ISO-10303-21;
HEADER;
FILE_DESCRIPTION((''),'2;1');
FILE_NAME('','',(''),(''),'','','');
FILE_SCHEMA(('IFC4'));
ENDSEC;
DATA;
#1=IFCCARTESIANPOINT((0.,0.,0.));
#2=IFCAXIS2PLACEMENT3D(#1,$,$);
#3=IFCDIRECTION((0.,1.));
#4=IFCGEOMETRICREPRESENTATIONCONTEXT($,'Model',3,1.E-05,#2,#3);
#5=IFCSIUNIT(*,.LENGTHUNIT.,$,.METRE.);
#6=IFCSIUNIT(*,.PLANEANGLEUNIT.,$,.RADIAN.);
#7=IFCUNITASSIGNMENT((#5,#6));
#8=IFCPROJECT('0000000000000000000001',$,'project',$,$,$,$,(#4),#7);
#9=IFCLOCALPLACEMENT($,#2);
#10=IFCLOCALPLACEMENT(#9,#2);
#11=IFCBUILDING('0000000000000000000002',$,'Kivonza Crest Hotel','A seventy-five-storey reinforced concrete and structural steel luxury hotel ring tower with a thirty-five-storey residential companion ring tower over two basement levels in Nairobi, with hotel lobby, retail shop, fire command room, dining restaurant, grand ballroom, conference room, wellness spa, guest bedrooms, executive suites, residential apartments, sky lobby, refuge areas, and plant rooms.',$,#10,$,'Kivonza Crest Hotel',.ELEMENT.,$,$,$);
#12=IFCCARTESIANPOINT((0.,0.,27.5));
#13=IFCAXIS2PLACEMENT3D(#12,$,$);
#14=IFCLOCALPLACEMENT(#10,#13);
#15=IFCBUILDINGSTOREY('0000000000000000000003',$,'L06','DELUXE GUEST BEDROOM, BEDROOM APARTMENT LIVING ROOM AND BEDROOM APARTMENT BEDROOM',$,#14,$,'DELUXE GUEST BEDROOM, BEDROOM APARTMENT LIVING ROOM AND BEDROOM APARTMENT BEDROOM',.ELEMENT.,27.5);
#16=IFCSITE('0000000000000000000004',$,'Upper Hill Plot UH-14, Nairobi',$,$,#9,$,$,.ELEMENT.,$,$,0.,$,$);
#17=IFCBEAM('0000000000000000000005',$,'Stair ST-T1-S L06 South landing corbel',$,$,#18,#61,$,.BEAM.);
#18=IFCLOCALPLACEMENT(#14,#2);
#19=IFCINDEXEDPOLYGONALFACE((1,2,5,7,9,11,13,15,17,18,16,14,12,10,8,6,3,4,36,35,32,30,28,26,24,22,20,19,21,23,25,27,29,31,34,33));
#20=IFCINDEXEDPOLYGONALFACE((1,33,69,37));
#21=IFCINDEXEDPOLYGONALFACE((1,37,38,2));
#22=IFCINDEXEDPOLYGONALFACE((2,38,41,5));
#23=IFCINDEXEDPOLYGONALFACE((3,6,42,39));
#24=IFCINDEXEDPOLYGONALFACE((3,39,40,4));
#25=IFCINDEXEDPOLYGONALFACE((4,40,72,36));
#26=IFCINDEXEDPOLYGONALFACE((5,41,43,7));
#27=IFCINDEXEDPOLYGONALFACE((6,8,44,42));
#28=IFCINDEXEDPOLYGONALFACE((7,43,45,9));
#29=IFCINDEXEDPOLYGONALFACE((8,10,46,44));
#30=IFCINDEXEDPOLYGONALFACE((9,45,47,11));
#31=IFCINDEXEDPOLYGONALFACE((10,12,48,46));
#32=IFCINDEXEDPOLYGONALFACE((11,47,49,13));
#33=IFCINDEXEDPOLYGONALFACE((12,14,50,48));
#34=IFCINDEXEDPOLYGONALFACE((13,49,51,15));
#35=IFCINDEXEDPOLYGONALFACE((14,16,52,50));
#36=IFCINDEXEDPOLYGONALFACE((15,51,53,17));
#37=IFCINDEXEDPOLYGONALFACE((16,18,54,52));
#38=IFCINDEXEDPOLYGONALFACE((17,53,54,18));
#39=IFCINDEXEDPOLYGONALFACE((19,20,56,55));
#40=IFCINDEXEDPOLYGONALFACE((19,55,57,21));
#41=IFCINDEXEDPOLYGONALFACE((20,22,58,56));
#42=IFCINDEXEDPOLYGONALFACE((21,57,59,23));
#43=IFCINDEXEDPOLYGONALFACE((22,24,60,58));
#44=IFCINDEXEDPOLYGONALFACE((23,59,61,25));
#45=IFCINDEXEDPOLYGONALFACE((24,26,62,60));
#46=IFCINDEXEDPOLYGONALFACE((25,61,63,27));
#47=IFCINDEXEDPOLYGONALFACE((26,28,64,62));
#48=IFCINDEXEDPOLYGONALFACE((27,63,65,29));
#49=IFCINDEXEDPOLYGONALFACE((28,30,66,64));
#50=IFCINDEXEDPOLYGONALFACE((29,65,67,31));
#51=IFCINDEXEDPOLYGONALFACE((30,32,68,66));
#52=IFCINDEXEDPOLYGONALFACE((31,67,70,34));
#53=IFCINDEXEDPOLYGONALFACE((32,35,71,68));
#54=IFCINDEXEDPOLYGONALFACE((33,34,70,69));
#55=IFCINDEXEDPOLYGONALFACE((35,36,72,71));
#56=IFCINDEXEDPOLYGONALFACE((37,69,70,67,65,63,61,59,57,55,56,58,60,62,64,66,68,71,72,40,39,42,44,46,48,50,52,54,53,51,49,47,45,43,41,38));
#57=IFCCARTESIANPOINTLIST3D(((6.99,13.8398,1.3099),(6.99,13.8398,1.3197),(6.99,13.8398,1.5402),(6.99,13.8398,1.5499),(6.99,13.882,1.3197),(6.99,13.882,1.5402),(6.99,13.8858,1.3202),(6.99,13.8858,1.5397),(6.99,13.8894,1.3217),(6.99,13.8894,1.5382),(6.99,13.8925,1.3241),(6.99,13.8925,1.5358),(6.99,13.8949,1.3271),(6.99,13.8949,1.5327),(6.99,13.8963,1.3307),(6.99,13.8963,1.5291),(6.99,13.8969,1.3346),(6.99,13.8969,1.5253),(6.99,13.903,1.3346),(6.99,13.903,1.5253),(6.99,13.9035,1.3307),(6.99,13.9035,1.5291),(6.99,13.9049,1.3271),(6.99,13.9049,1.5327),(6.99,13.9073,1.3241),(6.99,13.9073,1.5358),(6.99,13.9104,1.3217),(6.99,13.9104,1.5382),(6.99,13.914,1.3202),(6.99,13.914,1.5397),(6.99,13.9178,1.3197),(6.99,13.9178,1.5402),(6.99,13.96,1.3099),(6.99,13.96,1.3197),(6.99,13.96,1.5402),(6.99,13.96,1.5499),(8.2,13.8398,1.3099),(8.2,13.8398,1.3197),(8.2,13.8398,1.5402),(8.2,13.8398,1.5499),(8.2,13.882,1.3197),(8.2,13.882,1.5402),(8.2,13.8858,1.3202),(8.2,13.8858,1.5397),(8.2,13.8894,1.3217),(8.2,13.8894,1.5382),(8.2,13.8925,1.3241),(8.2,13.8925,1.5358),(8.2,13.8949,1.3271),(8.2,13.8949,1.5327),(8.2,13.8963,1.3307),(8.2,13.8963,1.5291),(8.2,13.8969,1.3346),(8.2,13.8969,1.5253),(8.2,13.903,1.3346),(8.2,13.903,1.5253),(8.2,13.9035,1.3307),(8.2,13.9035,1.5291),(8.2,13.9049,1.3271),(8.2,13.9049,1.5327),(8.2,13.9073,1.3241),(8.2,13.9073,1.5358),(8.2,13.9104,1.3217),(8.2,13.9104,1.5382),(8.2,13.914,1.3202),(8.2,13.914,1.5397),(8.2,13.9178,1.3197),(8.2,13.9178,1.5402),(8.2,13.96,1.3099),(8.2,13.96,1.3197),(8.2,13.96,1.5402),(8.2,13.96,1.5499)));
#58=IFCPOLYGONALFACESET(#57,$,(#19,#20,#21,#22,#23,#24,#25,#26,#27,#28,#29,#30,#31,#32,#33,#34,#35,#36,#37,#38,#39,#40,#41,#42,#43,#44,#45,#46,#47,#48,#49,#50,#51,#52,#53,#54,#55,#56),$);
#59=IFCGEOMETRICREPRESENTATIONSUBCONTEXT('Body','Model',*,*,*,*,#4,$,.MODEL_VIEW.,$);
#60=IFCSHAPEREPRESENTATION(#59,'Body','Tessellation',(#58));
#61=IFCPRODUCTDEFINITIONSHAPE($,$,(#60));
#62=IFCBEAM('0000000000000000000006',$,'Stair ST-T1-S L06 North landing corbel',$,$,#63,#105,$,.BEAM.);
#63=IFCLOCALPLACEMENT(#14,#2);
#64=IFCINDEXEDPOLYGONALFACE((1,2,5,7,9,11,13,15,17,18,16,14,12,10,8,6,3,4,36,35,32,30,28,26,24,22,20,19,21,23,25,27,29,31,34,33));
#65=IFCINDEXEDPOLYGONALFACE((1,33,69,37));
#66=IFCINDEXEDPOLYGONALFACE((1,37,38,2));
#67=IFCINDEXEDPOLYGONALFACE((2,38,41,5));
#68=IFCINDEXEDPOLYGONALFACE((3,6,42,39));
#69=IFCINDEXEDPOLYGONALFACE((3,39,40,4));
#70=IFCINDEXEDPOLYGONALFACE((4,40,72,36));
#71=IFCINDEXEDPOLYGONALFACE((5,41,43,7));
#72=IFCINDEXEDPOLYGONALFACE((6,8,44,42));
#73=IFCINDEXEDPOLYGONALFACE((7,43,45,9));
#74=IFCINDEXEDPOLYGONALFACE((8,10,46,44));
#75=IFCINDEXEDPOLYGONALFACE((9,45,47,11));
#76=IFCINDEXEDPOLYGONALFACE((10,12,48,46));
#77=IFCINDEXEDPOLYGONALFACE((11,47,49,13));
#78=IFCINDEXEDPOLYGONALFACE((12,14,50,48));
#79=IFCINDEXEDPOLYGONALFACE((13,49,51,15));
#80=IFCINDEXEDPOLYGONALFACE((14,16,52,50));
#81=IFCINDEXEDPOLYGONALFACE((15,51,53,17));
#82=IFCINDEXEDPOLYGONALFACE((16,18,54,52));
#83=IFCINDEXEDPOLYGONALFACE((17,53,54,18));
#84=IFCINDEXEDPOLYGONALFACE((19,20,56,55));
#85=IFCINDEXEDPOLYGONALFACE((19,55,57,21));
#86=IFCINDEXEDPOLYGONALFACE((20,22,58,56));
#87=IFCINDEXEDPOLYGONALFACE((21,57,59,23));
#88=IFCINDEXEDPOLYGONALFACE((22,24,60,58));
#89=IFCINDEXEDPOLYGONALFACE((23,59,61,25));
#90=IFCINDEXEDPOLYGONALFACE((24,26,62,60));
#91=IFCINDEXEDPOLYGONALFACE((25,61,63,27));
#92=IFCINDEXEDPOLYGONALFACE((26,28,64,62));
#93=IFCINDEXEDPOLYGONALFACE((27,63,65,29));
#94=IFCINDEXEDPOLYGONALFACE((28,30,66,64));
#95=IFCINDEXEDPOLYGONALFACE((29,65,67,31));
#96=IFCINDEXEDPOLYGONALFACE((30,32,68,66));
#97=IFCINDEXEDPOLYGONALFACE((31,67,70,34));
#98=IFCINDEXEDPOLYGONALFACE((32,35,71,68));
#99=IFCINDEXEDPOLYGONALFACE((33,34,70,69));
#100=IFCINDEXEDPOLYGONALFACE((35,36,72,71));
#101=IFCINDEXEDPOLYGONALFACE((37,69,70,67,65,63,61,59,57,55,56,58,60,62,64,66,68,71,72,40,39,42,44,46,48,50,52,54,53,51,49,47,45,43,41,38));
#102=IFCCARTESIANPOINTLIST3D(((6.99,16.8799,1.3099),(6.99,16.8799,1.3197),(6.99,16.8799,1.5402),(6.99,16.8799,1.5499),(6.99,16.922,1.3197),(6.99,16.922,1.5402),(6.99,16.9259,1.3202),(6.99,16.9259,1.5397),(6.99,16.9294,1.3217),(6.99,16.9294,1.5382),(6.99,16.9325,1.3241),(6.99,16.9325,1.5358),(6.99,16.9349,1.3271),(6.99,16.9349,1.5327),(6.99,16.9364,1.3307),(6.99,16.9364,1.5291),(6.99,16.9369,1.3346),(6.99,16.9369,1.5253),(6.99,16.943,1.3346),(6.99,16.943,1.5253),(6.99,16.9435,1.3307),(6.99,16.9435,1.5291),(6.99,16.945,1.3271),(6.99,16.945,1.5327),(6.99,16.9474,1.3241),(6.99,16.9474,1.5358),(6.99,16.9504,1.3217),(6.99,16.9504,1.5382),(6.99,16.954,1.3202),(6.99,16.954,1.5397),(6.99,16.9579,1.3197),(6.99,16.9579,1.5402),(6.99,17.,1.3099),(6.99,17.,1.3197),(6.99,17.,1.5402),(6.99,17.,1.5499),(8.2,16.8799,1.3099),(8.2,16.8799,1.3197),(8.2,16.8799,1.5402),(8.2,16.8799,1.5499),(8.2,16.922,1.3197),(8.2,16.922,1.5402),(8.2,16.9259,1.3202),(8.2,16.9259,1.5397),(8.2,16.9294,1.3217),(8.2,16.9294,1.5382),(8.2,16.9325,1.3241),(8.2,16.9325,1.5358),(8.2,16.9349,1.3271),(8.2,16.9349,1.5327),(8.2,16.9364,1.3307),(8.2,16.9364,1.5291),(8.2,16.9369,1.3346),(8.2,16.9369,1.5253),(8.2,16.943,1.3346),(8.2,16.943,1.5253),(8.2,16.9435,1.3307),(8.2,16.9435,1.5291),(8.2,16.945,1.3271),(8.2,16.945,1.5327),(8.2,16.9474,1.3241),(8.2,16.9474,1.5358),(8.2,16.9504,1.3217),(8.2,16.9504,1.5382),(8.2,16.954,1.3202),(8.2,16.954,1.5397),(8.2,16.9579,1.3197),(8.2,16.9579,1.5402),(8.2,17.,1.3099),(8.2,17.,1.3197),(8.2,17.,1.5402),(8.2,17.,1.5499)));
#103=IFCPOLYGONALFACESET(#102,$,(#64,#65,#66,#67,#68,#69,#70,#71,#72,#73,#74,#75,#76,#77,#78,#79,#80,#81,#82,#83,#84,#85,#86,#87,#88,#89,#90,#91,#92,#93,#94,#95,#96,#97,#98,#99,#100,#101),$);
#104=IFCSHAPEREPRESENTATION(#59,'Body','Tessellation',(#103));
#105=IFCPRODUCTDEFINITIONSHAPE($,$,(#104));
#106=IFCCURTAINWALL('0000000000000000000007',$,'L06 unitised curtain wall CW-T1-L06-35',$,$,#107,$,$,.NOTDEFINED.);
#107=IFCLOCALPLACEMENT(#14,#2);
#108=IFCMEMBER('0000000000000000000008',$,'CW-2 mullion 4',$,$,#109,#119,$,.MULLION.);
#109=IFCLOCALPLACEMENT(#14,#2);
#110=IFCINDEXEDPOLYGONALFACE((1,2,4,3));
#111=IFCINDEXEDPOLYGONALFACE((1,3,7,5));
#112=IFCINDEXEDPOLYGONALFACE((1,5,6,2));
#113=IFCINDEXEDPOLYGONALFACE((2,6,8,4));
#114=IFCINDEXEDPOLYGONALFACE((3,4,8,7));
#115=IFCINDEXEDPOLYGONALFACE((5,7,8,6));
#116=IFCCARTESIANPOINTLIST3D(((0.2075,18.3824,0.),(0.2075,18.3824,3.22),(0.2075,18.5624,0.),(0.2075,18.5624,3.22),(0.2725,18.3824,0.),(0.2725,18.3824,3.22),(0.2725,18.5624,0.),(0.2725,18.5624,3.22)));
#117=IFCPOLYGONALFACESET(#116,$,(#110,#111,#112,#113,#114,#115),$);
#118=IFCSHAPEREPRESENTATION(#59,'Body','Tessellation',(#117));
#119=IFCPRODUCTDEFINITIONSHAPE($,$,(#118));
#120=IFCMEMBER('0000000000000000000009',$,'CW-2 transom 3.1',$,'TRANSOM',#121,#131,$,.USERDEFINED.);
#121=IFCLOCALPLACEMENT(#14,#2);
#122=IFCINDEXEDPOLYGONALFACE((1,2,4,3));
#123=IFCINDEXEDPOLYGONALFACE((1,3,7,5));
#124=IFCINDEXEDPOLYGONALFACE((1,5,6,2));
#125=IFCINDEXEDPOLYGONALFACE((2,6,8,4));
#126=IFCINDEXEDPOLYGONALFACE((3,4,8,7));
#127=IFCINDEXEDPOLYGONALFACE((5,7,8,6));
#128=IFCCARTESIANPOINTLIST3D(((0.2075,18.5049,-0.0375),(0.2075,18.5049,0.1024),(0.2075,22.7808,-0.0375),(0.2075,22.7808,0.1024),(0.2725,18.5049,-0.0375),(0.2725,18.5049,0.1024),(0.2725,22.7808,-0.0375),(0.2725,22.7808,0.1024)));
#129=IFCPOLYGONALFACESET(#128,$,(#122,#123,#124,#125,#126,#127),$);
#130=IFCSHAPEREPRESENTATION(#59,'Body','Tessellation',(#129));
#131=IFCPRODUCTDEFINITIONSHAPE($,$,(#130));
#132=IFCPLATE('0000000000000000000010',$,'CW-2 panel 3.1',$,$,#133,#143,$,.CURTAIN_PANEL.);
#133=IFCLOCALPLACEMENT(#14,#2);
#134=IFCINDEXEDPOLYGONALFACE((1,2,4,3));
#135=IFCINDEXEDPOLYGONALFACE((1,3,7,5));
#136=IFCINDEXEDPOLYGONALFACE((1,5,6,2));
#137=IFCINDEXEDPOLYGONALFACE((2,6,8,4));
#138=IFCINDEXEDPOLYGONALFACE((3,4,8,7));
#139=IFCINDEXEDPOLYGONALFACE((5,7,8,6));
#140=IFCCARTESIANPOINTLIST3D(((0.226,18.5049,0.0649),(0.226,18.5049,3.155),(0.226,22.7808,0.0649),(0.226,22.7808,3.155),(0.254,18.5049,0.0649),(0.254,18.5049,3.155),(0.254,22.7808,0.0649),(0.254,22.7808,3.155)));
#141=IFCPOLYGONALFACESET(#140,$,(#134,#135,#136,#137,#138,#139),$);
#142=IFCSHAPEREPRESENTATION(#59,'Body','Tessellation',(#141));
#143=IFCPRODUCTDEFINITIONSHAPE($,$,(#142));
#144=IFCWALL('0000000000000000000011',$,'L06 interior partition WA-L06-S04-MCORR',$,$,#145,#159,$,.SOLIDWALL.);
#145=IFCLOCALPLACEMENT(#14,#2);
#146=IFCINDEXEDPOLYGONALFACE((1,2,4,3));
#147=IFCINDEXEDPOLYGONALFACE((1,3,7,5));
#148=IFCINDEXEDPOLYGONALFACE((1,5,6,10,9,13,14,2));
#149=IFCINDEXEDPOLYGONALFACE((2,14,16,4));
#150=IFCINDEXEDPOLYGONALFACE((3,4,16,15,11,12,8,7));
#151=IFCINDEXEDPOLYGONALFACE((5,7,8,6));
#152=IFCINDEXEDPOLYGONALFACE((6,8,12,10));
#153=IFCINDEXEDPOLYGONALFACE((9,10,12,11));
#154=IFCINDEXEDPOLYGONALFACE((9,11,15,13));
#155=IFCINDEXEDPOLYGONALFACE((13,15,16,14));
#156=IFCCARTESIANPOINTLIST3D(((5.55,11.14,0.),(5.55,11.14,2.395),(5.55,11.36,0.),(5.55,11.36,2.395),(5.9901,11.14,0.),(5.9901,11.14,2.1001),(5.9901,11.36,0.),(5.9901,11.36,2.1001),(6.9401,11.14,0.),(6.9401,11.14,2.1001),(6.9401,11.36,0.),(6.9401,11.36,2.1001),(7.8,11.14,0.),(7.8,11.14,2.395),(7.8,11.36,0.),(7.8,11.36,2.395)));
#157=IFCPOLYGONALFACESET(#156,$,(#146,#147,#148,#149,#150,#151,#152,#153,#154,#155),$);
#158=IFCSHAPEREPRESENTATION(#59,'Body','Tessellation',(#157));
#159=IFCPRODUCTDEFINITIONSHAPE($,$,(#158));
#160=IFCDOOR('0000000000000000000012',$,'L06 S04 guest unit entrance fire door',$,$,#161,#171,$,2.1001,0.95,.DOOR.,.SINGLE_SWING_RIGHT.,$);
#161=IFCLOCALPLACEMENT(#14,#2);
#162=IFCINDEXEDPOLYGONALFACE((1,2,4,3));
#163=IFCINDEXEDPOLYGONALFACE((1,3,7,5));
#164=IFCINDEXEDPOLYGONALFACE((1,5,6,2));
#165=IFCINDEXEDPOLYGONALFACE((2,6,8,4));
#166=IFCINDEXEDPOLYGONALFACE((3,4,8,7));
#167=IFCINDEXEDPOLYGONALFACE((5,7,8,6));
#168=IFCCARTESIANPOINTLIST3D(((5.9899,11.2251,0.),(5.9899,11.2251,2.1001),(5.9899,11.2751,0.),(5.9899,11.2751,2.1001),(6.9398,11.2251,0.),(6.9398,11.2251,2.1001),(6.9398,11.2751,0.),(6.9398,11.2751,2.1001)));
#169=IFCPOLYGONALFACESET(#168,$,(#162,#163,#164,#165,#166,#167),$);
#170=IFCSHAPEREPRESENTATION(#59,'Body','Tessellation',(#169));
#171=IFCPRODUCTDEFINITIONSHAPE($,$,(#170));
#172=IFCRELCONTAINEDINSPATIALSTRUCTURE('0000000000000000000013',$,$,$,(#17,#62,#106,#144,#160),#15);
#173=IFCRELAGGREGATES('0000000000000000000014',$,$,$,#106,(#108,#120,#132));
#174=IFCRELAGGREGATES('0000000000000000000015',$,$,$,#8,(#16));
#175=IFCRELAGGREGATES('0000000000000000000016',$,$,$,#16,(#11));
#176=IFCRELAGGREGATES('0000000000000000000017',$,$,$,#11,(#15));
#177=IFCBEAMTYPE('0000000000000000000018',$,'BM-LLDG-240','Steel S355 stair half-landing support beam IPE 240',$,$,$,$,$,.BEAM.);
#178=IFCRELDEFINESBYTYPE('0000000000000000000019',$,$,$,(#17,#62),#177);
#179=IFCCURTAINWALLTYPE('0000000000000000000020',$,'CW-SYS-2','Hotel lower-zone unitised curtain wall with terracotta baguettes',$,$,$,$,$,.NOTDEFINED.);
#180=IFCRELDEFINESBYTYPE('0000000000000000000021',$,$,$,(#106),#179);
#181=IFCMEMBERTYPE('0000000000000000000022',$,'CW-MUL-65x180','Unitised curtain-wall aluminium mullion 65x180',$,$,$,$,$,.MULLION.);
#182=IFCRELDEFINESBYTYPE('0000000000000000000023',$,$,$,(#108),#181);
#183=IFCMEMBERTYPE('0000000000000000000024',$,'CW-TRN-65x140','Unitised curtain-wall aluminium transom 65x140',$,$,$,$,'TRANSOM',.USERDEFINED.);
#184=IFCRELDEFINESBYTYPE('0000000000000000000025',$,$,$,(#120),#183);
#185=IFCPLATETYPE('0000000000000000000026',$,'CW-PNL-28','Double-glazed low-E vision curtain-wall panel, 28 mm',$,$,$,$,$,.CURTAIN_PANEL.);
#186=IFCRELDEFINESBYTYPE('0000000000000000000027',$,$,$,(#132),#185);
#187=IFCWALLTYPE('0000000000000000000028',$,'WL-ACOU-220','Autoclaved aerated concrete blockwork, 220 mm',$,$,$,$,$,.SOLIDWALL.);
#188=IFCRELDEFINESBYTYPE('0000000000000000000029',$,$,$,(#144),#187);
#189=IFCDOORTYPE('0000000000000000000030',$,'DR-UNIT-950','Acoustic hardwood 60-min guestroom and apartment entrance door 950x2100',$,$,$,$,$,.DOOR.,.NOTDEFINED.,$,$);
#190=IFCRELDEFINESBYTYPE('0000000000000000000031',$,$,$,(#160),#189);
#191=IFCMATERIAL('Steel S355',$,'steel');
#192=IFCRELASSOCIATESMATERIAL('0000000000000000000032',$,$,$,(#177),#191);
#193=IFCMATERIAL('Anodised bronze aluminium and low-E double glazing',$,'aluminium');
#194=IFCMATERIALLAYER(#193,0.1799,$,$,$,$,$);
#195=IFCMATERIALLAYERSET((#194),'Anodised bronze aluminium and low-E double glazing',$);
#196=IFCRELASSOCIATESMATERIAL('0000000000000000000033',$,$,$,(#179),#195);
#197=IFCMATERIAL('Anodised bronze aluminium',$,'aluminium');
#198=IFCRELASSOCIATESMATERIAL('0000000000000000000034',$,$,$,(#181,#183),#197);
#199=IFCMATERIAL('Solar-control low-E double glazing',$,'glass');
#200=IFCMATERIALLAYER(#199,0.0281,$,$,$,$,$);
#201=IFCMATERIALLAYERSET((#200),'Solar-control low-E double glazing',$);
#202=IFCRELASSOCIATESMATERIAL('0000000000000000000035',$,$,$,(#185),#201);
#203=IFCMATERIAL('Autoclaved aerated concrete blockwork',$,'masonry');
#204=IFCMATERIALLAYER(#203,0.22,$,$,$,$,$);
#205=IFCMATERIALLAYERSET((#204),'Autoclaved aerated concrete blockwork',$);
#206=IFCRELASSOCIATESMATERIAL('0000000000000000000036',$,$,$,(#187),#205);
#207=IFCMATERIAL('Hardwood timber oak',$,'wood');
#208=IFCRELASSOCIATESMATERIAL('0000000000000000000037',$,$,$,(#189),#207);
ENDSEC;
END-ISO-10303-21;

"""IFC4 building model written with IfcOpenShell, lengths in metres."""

from ifc_helpers import new_model, si_unit, direction, frame, frame_2d, origin, origin_2d, place, context, subcontext, project, spatial, rectangle, i_section, extrude, material, layer, layer_set, material_profile, profile_set, type_object, element, fill, aggregate, save


model = new_model("IFC4")

# Units and contexts
model_context = context("Model", 3, precision=1e-05, world=origin(), true_north=direction((0.0, 1.0)))
body_context = subcontext(model_context, "Body", "Model", "MODEL_VIEW")
ifc_project = project(units=[si_unit("LENGTHUNIT", "METRE"), si_unit("PLANEANGLEUNIT", "RADIAN")], contexts=[model_context])

# Site, building, storey
site_placement = place(None, origin())
site = spatial("IfcSite", under=ifc_project, at=site_placement, Name="Upper Hill Plot UH-14, Nairobi", CompositionType="ELEMENT", RefElevation=0.0)
building_placement = place(site_placement, origin())
building = spatial("IfcBuilding", under=site, at=building_placement, Name="Kivonza Crest Hotel", Description="A seventy-five-storey reinforced concrete and structural steel luxury hotel ring tower with a thirty-five-storey residential companion ring tower over two basement levels in Nairobi, with hotel lobby, retail shop, fire command room, dining restaurant, grand ballroom, conference room, wellness spa, guest bedrooms, executive suites, residential apartments, sky lobby, refuge areas, and plant rooms.", LongName="Kivonza Crest Hotel", CompositionType="ELEMENT")
storey_placement = place(building_placement, frame((0.0, 0.0, 27.5)))
storey = spatial("IfcBuildingStorey", under=building, at=storey_placement, Name="L06", Description="DELUXE GUEST BEDROOM, BEDROOM APARTMENT LIVING ROOM AND BEDROOM APARTMENT BEDROOM", LongName="DELUXE GUEST BEDROOM, BEDROOM APARTMENT LIVING ROOM AND BEDROOM APARTMENT BEDROOM", CompositionType="ELEMENT", Elevation=27.5)

# Beams
ifc_material_1 = material(Name="Steel S355", Category="steel")
ifc_material_profile_1 = material_profile(ifc_material_1, i_section(OverallWidth=0.1201, OverallDepth=0.24, WebThickness=0.0061, FlangeThickness=0.0098, FilletRadius=0.0149, at=origin_2d()), Name="IPE 240")
ifc_profile_set_1 = profile_set([ifc_material_profile_1], Name="Steel S355")
beam_type_1 = type_object("IfcBeamType", Name="BM-LLDG-240", Description="Steel S355 stair half-landing support beam IPE 240", PredefinedType="BEAM", material=ifc_profile_set_1)
for number, where, z_axis, x_axis, name in (
    (1, (6.99, 13.8999, 1.4299), (1.0, 0.0, 0.0), (0.0, 1.0, 0.0), "Stair ST-T1-S L06 South landing corbel"),
    (2, (6.99, 16.9399, 1.4299), (1.0, 0.0, 0.0), (0.0, 1.0, 0.0), "Stair ST-T1-S L06 North landing corbel"),
):
    element("IfcBeam", number, at=place(storey_placement, frame(where, z_axis=z_axis, x_axis=x_axis)), inside=storey, type_object=beam_type_1, Name=name, PredefinedType="BEAM", context=body_context, shape_type="SweptSolid", body=[
        extrude(i_section(OverallWidth=0.1201, OverallDepth=0.24, WebThickness=0.0061, FlangeThickness=0.0098, FilletRadius=0.0149, at=origin_2d()), origin(), (0.0, 0.0, 1.0), 1.21),
    ])

# Curtain wall, members, plate
ifc_material_2 = material(Name="Anodised bronze aluminium and low-E double glazing", Category="aluminium")
ifc_layer_1 = layer(ifc_material_2, 0.1799)
ifc_layer_set_1 = layer_set([ifc_layer_1], Name="Anodised bronze aluminium and low-E double glazing")
curtain_wall_type = type_object("IfcCurtainWallType", Name="CW-SYS-2", Description="Hotel lower-zone unitised curtain wall with terracotta baguettes", PredefinedType="NOTDEFINED", material=ifc_layer_set_1)
curtain_wall_placement = place(storey_placement, origin())
curtain_wall = element("IfcCurtainWall", 3, at=curtain_wall_placement, inside=storey, type_object=curtain_wall_type, Name="L06 unitised curtain wall CW-T1-L06-35", PredefinedType="NOTDEFINED")
ifc_material_3 = material(Name="Anodised bronze aluminium", Category="aluminium")
ifc_material_profile_2 = material_profile(ifc_material_3, rectangle(XDim=0.0649, YDim=0.1799, at=origin_2d()), Name="CW-M 65x180")
ifc_profile_set_2 = profile_set([ifc_material_profile_2], Name="Anodised bronze aluminium")
member_type_1 = type_object("IfcMemberType", Name="CW-MUL-65x180", Description="Unitised curtain-wall aluminium mullion 65x180", PredefinedType="MULLION", material=ifc_profile_set_2)
member_1_placement = place(storey_placement, frame((0.24, 18.4724, 0.0), z_axis=(0.0, 0.0, 1.0), x_axis=(1.0, 0.0, 0.0)))
member_1 = element("IfcMember", 4, at=member_1_placement, type_object=member_type_1, Name="CW-2 mullion 4", PredefinedType="MULLION", context=body_context, shape_type="SweptSolid", body=[
    extrude(rectangle(XDim=0.0649, YDim=0.1799, at=origin_2d()), origin(), (0.0, 0.0, 1.0), 3.22),
])
ifc_material_profile_3 = material_profile(ifc_material_3, rectangle(XDim=0.0649, YDim=0.1399, at=origin_2d()), Name="CW-T 65x140")
ifc_profile_set_3 = profile_set([ifc_material_profile_3], Name="Anodised bronze aluminium")
member_type_2 = type_object("IfcMemberType", Name="CW-TRN-65x140", Description="Unitised curtain-wall aluminium transom 65x140", ElementType="TRANSOM", PredefinedType="USERDEFINED", material=ifc_profile_set_3)
member_2_placement = place(storey_placement, frame((0.24, 22.7808, 0.0325), z_axis=(0.0, -1.0, 0.0), x_axis=(1.0, 0.0, 0.0)))
member_2 = element("IfcMember", 5, at=member_2_placement, type_object=member_type_2, Name="CW-2 transom 3.1", ObjectType="TRANSOM", PredefinedType="USERDEFINED", context=body_context, shape_type="SweptSolid", body=[
    extrude(rectangle(XDim=0.0649, YDim=0.1399, at=origin_2d()), origin(), (0.0, 0.0, 1.0), 4.2759),
])
ifc_material_4 = material(Name="Solar-control low-E double glazing", Category="glass")
ifc_layer_2 = layer(ifc_material_4, 0.0281)
ifc_layer_set_2 = layer_set([ifc_layer_2], Name="Solar-control low-E double glazing")
plate_type = type_object("IfcPlateType", Name="CW-PNL-28", Description="Double-glazed low-E vision curtain-wall panel, 28 mm", PredefinedType="CURTAIN_PANEL", material=ifc_layer_set_2)
plate_placement = place(storey_placement, frame((0.24, 20.6428, 0.0649), z_axis=(0.0, 0.0, 1.0), x_axis=(0.0, -1.0, 0.0)))
plate = element("IfcPlate", 6, at=plate_placement, type_object=plate_type, Name="CW-2 panel 3.1", PredefinedType="CURTAIN_PANEL", context=body_context, shape_type="SweptSolid", body=[
    extrude(rectangle(XDim=4.2759, YDim=0.0281, at=origin_2d()), origin(), (0.0, 0.0, 1.0), 3.0901),
])
aggregate(curtain_wall, [member_1, member_2, plate])

# Wall, opening, door
ifc_material_5 = material(Name="Autoclaved aerated concrete blockwork", Category="masonry")
ifc_layer_3 = layer(ifc_material_5, 0.22)
ifc_layer_set_3 = layer_set([ifc_layer_3], Name="Autoclaved aerated concrete blockwork")
wall_type_1 = type_object("IfcWallType", Name="WL-ACOU-220", Description="Autoclaved aerated concrete blockwork, 220 mm", PredefinedType="SOLIDWALL", material=ifc_layer_set_3)
wall_1_placement = place(storey_placement, frame((5.55, 11.25, 0.0), z_axis=(0.0, 0.0, 1.0), x_axis=(1.0, 0.0, 0.0)))
wall_1 = element("IfcWall", 7, at=wall_1_placement, inside=storey, type_object=wall_type_1, Name="L06 interior partition WA-L06-S04-MCORR", PredefinedType="SOLIDWALL", context=body_context, shape_type="SweptSolid", body=[
    extrude(rectangle(XDim=2.25, YDim=0.22, at=frame_2d((1.125, 0.0))), origin(), (0.0, 0.0, 1.0), 2.395),
])
opening_1_placement = place(wall_1_placement, frame((0.4399, 0.0, 0.0)))
opening_1 = element("IfcOpeningElement", 8, at=opening_1_placement, cuts=wall_1, PredefinedType="OPENING", context=body_context, shape_type="SweptSolid", body=[
    extrude(rectangle(XDim=0.95, YDim=2.1001, at=frame_2d((0.4751, 1.05))), frame((0.0, 0.1201, 0.0), z_axis=(0.0, -1.0, 0.0), x_axis=(1.0, 0.0, 0.0)), (0.0, 0.0, 1.0), 0.24),
])
ifc_material_6 = material(Name="Hardwood timber oak", Category="wood")
door_type_1 = type_object("IfcDoorType", Name="DR-UNIT-950", Description="Acoustic hardwood 60-min guestroom and apartment entrance door 950x2100", OperationType="NOTDEFINED", PredefinedType="DOOR", material=ifc_material_6)
door_1_placement = place(opening_1_placement, frame((0.95, 0.0, 0.0), z_axis=(0.0, 0.0, 1.0), x_axis=(-1.0, 0.0, 0.0)))
door_1 = element("IfcDoor", 9, at=door_1_placement, inside=storey, type_object=door_type_1, Name="L06 S04 guest unit entrance fire door", OperationType="SINGLE_SWING_RIGHT", OverallHeight=2.1001, OverallWidth=0.95, PredefinedType="DOOR", context=body_context, shape_type="SweptSolid", body=[
    extrude(rectangle(XDim=0.95, YDim=2.1001, at=frame_2d((0.4751, 1.05))), frame((0.0, 0.0249, 0.0), z_axis=(0.0, -1.0, 0.0), x_axis=(1.0, 0.0, 0.0)), (0.0, 0.0, 1.0), 0.05),
])
fill(opening_1, door_1)

save(model, "model.ifc")
